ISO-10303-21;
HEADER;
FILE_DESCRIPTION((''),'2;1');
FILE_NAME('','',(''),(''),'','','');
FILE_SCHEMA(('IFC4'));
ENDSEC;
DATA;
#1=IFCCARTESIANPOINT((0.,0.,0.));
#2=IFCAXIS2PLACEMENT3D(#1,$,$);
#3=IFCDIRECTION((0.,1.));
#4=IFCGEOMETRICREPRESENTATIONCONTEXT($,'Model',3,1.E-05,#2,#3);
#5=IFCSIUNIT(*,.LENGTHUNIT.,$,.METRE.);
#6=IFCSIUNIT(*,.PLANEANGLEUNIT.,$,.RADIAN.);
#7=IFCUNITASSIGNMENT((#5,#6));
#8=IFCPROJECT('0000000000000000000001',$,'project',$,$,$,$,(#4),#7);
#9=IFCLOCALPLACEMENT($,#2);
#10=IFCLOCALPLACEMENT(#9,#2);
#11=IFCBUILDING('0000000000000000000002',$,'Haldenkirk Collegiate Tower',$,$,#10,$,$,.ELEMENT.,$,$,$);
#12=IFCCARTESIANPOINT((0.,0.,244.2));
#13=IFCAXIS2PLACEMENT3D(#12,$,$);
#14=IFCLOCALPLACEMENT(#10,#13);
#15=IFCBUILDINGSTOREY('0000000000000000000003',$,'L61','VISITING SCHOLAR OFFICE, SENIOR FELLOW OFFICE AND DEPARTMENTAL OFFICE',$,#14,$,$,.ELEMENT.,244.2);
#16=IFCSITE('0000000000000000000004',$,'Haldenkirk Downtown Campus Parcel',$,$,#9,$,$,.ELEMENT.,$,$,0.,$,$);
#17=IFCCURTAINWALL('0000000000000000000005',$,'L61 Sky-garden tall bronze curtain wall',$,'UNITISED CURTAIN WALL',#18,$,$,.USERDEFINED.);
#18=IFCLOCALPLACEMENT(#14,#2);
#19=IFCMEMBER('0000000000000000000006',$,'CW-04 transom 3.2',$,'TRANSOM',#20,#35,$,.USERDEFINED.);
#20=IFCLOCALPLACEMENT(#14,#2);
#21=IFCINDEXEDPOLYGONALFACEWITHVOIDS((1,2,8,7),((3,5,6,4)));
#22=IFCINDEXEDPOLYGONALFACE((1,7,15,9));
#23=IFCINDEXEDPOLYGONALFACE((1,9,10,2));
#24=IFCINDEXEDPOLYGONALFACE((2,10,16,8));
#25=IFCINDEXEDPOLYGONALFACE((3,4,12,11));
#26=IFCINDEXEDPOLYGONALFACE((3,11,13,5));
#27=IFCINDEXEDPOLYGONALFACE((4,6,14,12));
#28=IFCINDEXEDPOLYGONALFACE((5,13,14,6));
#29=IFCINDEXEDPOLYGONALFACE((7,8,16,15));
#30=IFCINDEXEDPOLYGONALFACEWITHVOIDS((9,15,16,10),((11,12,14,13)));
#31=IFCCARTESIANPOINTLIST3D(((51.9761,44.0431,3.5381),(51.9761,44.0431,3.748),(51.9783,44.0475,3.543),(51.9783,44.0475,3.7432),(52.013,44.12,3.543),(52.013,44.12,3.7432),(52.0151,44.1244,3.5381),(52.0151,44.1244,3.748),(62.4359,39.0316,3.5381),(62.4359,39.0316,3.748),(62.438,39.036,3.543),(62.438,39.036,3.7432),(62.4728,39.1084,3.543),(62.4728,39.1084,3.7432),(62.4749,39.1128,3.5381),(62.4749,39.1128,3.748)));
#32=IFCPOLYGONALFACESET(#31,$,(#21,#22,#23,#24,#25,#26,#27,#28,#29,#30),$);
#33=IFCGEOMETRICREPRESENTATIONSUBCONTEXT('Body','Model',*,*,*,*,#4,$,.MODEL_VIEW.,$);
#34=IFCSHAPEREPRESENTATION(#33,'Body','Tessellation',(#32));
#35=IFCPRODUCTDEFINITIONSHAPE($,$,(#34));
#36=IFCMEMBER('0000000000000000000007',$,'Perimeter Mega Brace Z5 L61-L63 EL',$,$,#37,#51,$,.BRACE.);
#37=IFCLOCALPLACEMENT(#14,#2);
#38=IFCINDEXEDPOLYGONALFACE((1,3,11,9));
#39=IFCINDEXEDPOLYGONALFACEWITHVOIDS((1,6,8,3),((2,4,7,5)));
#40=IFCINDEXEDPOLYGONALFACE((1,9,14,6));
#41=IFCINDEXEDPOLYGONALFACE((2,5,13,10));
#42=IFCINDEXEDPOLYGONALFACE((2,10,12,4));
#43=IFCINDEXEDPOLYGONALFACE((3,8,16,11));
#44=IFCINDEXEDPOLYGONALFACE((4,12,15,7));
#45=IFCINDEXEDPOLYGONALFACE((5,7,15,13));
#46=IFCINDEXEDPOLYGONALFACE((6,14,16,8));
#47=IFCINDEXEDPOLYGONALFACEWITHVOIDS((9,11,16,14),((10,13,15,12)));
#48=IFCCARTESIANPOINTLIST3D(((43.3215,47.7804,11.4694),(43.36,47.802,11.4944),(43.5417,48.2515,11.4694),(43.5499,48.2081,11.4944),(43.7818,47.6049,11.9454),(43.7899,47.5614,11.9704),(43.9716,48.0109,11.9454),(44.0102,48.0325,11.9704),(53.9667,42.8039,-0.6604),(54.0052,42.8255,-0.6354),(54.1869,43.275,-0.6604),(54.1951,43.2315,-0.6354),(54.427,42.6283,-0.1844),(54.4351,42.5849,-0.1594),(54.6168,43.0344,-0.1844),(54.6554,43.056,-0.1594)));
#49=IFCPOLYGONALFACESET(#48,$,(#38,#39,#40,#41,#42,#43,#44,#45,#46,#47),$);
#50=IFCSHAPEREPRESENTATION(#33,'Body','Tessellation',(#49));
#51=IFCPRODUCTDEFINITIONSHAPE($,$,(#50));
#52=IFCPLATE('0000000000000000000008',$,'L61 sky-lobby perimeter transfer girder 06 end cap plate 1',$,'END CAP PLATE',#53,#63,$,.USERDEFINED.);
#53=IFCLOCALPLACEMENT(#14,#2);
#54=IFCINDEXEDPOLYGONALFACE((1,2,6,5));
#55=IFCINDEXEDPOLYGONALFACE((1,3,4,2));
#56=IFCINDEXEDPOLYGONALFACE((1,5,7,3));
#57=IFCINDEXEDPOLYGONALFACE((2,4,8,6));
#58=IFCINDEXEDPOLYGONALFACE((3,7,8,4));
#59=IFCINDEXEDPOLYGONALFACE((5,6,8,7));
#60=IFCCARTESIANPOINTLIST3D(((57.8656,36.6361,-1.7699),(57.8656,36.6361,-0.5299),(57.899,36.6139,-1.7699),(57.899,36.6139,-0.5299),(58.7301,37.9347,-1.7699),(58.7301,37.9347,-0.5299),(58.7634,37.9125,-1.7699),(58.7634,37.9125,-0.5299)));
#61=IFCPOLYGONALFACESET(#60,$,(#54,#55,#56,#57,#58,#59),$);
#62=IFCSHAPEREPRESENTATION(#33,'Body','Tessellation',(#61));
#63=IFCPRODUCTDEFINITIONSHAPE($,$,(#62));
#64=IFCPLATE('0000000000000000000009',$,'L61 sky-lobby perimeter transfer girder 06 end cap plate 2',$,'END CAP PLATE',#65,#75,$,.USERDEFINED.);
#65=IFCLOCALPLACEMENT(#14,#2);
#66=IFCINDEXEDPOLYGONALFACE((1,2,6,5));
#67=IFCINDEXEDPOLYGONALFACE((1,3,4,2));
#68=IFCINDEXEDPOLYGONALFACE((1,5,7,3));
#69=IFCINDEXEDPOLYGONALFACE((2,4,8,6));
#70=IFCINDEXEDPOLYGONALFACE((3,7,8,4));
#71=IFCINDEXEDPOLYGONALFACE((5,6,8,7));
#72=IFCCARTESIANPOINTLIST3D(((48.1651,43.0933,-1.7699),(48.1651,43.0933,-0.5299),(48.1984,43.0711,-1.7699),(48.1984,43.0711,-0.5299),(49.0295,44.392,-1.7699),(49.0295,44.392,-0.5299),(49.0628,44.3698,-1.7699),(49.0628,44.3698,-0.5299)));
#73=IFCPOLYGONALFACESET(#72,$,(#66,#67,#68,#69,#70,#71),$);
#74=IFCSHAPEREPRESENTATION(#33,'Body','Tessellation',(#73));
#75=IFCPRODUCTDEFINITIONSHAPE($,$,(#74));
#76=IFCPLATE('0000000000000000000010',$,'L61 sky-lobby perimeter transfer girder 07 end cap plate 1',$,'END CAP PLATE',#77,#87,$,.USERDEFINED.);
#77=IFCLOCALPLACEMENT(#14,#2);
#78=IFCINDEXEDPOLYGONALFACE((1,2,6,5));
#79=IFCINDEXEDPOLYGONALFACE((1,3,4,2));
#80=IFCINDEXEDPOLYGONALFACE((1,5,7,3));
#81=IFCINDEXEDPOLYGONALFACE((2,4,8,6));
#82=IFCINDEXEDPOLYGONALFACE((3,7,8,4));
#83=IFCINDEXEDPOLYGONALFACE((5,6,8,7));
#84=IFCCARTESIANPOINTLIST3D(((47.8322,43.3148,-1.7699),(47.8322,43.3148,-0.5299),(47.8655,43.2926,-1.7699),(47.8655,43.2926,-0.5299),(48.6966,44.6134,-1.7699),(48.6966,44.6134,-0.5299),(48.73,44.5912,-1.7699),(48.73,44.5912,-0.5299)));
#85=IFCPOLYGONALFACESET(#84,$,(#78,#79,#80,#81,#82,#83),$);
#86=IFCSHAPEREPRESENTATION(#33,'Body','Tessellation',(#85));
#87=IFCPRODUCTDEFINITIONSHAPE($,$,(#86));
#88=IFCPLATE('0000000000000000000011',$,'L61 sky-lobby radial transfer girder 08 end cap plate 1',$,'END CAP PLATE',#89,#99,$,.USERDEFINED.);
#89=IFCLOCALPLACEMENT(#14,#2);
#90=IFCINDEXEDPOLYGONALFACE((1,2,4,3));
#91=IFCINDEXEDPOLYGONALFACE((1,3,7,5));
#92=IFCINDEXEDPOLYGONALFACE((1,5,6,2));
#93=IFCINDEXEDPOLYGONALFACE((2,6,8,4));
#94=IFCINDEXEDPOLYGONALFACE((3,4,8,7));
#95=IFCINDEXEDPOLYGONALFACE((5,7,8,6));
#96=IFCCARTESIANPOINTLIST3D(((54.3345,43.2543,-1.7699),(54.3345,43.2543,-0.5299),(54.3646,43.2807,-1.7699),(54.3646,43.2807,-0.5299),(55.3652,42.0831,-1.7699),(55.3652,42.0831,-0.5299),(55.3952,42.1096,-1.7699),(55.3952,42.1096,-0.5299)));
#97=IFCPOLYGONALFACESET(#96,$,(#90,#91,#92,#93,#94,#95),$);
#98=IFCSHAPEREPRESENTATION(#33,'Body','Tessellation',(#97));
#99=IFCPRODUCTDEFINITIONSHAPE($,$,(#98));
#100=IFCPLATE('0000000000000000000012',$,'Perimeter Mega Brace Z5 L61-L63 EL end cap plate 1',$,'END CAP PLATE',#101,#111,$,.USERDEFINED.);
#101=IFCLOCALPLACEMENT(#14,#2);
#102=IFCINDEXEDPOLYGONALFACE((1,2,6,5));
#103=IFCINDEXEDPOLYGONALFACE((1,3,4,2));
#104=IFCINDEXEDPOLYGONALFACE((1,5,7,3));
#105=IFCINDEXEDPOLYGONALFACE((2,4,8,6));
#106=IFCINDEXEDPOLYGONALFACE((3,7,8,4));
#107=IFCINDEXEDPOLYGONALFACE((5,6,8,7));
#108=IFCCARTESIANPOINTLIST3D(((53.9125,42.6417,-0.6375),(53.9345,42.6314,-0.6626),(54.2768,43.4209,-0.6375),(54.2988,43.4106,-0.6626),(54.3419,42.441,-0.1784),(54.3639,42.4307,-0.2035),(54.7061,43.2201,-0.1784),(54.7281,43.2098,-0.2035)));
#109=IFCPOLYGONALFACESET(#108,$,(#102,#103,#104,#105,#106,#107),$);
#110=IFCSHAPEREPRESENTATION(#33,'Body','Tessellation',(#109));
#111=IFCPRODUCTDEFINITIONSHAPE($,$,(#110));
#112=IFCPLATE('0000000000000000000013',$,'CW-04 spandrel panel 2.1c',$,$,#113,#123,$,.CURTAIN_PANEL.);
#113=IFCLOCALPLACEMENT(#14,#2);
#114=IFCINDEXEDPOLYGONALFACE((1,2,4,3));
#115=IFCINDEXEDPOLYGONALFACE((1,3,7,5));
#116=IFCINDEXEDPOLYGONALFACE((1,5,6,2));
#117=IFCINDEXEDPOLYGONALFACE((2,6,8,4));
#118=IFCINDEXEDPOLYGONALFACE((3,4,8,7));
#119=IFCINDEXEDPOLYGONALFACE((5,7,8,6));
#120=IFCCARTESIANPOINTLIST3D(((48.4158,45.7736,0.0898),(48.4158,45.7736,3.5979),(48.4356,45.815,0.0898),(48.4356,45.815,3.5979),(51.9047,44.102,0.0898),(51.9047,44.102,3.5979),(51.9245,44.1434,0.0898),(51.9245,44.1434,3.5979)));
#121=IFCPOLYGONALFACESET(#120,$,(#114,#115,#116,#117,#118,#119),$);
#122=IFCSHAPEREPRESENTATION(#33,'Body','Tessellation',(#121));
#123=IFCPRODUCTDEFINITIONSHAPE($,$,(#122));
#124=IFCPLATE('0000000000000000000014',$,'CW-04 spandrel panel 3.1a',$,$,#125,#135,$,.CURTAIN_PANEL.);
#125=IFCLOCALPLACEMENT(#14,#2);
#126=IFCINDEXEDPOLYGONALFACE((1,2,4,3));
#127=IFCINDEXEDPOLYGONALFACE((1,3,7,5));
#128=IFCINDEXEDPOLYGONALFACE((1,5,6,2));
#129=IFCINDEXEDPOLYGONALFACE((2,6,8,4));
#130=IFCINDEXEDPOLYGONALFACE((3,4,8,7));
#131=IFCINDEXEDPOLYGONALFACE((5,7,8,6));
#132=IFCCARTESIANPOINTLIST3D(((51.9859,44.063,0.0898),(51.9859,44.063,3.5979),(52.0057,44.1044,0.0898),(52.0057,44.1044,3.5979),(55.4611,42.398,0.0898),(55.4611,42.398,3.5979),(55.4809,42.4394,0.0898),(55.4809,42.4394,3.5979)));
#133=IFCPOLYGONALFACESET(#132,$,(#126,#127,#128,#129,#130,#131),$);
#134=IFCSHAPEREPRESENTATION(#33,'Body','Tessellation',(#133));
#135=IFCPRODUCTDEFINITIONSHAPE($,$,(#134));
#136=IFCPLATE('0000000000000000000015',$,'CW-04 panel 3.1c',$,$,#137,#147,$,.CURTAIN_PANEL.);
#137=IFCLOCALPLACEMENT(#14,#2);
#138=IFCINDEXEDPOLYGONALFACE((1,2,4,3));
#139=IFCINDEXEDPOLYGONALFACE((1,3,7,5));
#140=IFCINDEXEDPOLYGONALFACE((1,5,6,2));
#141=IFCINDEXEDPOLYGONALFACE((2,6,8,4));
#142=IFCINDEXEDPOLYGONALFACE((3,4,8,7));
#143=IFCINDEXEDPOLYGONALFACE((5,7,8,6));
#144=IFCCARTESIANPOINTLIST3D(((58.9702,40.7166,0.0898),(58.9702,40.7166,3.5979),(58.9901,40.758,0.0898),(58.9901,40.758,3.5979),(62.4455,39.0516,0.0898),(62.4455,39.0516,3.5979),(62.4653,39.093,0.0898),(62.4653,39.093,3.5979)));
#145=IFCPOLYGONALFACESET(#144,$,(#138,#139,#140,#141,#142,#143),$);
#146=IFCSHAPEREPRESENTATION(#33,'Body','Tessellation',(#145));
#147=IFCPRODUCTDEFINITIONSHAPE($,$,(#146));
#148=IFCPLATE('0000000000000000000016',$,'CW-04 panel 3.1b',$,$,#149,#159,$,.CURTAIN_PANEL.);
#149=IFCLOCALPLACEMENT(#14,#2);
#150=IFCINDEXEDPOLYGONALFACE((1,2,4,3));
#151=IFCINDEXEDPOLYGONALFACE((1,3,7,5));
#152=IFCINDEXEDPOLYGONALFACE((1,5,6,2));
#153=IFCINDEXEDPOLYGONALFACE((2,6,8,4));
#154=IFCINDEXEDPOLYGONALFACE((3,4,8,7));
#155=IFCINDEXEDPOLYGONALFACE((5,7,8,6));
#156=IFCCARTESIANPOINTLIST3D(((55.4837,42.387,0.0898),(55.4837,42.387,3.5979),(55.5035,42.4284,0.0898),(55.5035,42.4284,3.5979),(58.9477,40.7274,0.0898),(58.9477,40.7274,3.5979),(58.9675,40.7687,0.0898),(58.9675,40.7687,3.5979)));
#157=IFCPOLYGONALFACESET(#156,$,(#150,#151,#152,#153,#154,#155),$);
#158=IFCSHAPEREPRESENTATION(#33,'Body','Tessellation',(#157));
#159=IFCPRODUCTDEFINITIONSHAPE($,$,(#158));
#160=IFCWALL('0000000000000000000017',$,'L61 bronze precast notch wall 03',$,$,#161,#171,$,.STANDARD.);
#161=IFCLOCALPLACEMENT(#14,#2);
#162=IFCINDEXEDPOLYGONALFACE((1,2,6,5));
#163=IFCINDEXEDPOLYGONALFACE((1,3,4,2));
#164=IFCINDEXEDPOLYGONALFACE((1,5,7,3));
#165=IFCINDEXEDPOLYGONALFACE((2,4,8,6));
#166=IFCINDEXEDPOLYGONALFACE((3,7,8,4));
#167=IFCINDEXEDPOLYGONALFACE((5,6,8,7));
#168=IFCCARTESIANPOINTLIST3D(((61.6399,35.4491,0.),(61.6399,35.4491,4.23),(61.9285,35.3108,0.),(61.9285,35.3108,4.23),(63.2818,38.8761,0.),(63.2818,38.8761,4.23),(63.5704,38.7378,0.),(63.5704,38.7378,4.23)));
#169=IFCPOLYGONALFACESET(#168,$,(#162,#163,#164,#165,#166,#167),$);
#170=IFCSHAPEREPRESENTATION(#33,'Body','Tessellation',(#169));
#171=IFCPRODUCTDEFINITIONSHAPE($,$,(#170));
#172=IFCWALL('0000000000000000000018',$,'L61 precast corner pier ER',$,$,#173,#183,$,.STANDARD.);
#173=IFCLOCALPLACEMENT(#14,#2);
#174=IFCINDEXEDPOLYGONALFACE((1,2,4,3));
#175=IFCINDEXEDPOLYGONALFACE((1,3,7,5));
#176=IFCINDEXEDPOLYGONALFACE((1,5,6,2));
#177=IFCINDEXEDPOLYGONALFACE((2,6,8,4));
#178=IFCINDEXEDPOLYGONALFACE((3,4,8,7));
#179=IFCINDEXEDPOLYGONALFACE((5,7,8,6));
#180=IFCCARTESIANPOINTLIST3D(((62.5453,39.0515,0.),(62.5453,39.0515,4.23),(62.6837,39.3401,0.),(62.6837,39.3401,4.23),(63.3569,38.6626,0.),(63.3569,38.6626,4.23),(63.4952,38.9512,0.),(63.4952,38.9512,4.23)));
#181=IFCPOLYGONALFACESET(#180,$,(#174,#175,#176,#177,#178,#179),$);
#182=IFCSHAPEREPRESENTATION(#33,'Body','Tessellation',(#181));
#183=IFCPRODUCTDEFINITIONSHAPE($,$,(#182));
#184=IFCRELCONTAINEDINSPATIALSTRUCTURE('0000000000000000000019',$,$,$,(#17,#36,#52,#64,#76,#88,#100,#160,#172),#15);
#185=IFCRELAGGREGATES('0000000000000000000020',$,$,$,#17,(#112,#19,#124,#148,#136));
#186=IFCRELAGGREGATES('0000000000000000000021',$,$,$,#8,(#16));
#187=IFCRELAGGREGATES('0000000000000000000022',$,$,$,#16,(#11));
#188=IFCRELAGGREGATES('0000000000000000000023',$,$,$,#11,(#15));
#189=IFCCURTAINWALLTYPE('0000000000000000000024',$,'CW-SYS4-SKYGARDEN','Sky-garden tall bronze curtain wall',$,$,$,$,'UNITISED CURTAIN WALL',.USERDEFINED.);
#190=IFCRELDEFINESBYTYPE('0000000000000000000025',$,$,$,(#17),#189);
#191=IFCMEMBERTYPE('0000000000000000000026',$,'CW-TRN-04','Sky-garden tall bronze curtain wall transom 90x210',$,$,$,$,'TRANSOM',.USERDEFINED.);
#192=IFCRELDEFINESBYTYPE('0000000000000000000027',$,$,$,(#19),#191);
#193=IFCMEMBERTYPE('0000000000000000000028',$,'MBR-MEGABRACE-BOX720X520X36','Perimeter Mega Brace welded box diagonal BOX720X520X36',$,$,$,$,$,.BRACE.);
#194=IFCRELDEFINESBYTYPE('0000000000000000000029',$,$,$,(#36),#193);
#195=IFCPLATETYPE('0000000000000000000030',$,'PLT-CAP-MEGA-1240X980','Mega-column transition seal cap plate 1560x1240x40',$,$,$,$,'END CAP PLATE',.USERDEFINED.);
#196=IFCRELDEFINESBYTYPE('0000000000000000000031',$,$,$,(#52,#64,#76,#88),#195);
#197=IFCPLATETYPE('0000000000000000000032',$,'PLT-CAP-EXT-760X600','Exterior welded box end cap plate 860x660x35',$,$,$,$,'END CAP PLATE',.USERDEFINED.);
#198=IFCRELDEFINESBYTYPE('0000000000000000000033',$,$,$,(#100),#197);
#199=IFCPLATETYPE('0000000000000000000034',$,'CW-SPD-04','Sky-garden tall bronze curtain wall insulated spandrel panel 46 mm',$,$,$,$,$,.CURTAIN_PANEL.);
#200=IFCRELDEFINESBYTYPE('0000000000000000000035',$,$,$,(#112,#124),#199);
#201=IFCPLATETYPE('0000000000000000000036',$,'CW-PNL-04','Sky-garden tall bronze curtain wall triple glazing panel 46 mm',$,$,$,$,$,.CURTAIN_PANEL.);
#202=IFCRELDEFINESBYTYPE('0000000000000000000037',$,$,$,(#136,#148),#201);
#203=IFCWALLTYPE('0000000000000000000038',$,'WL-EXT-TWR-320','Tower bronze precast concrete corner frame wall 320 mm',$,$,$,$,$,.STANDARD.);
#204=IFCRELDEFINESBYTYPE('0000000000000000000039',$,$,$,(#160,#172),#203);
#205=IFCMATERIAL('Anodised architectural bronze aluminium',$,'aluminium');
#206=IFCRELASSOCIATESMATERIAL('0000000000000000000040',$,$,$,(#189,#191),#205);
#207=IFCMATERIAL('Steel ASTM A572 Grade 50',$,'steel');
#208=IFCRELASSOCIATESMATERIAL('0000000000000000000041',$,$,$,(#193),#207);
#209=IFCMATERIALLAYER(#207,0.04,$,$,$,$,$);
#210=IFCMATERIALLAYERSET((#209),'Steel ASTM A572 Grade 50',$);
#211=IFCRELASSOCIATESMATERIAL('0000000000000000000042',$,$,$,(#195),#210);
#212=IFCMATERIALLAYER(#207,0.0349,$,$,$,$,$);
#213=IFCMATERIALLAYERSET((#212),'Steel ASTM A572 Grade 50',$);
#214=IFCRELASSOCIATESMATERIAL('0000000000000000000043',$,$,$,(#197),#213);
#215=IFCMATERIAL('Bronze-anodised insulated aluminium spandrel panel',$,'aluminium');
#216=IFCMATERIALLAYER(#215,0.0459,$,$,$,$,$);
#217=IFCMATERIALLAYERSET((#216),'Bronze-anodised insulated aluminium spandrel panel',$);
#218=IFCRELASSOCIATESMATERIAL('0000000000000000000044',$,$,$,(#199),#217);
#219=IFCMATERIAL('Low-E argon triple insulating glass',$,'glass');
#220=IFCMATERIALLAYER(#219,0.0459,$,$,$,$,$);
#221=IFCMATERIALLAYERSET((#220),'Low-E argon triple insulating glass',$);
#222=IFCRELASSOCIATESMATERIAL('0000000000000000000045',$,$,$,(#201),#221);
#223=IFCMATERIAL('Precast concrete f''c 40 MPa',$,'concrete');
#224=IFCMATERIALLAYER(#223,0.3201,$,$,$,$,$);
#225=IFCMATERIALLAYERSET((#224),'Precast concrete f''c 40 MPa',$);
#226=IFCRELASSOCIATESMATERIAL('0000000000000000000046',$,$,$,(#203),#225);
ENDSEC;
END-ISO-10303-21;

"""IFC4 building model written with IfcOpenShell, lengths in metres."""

from ifc_helpers import new_model, si_unit, direction, frame, frame_2d, origin, origin_2d, place, context, subcontext, project, spatial, rectangle, hollow_rectangle, extrude, source, transform, mapped, material, layer, layer_set, material_profile, profile_set, type_object, element, aggregate, save


model = new_model("IFC4")

# Units and contexts
model_context = context("Model", 3, precision=1e-05, world=origin(), true_north=direction((0.0, 1.0)))
body_context = subcontext(model_context, "Body", "Model", "MODEL_VIEW")
ifc_project = project(units=[si_unit("LENGTHUNIT", "METRE"), si_unit("PLANEANGLEUNIT", "RADIAN")], contexts=[model_context])

# Site, building, storey
site_placement = place(None, origin())
site = spatial("IfcSite", under=ifc_project, at=site_placement, Name="Haldenkirk Downtown Campus Parcel", CompositionType="ELEMENT", RefElevation=0.0)
building_placement = place(site_placement, origin())
building = spatial("IfcBuilding", under=site, at=building_placement, Name="Haldenkirk Collegiate Tower", CompositionType="ELEMENT")
storey_placement = place(building_placement, frame((0.0, 0.0, 244.2)))
storey = spatial("IfcBuildingStorey", under=building, at=storey_placement, Name="L61", Description="VISITING SCHOLAR OFFICE, SENIOR FELLOW OFFICE AND DEPARTMENTAL OFFICE", CompositionType="ELEMENT", Elevation=244.2)

# Shared definitions
ifc_material_1 = material(Name="Steel ASTM A572 Grade 50", Category="steel")

# Curtain wall, member
ifc_material_2 = material(Name="Anodised architectural bronze aluminium", Category="aluminium")
curtain_wall_type = type_object("IfcCurtainWallType", Name="CW-SYS4-SKYGARDEN", Description="Sky-garden tall bronze curtain wall", ElementType="UNITISED CURTAIN WALL", PredefinedType="USERDEFINED", material=ifc_material_2)
curtain_wall_placement = place(storey_placement, origin())
curtain_wall = element("IfcCurtainWall", 1, at=curtain_wall_placement, inside=storey, type_object=curtain_wall_type, Name="L61 Sky-garden tall bronze curtain wall", ObjectType="UNITISED CURTAIN WALL", PredefinedType="USERDEFINED")
ifc_material_profile_1 = material_profile(ifc_material_2, hollow_rectangle(XDim=0.0901, YDim=0.21, WallThickness=0.0049, at=origin_2d()), Name="CW-TRN-04")
ifc_profile_set_1 = profile_set([ifc_material_profile_1], Name="Anodised architectural bronze aluminium")
member_type_1 = type_object("IfcMemberType", Name="CW-TRN-04", Description="Sky-garden tall bronze curtain wall transom 90x210", ElementType="TRANSOM", PredefinedType="USERDEFINED", material=ifc_profile_set_1)
member_1_placement = place(storey_placement, frame((51.9956, 44.0837, 3.6431), z_axis=(0.901832, -0.432087, 0.0), x_axis=(0.432087, 0.901832, 0.0)))
member_1 = element("IfcMember", 2, at=member_1_placement, type_object=member_type_1, Name="CW-04 transom 3.2", ObjectType="TRANSOM", PredefinedType="USERDEFINED", context=body_context, shape_type="SweptSolid", body=[
    extrude(hollow_rectangle(XDim=0.0901, YDim=0.21, WallThickness=0.0049, at=origin_2d()), origin(), (0.0, 0.0, 1.0), 11.5984),
])

# Member
ifc_material_profile_2 = material_profile(ifc_material_1, hollow_rectangle(XDim=0.52, YDim=0.72, WallThickness=0.0359, at=origin_2d()), Name="BOX720X520X36")
ifc_profile_set_2 = profile_set([ifc_material_profile_2], Name="Steel ASTM A572 Grade 50")
member_type_2 = type_object("IfcMemberType", Name="MBR-MEGABRACE-BOX720X520X36", Description="Perimeter Mega Brace welded box diagonal BOX720X520X36", PredefinedType="BRACE", material=ifc_profile_set_2)
member_2_placement = place(storey_placement, frame((54.311, 42.9299, -0.4099), z_axis=(-0.630326, 0.294671, 0.718233), x_axis=(-0.423498, -0.905897, 0.0)))
element("IfcMember", 3, at=member_2_placement, inside=storey, type_object=member_type_2, Name="Perimeter Mega Brace Z5 L61-L63 EL", PredefinedType="BRACE", context=body_context, shape_type="SweptSolid", body=[
    extrude(hollow_rectangle(XDim=0.52, YDim=0.72, WallThickness=0.0359, at=origin_2d()), origin(), (0.0, 0.0, 1.0), 16.8884),
])

# Plates
ifc_layer_1 = layer(ifc_material_1, 0.04)
ifc_layer_set_1 = layer_set([ifc_layer_1], Name="Steel ASTM A572 Grade 50")
plate_type_1 = type_object("IfcPlateType", Name="PLT-CAP-MEGA-1240X980", Description="Mega-column transition seal cap plate 1560x1240x40", ElementType="END CAP PLATE", PredefinedType="USERDEFINED", material=ifc_layer_set_1)
shared_shape_1 = source(origin(), body_context, "Body", "SweptSolid", [
    extrude(rectangle(XDim=1.5601, YDim=1.24, at=origin_2d()), origin(), (0.0, 0.0, 1.0), 0.04),
])
for number, where, z_axis, x_axis, name in (
    (4, (58.2979, 37.2854, -1.1499), (0.832437, -0.55412, 0.0), (0.55412, 0.832437, 0.0), "L61 sky-lobby perimeter transfer girder 06 end cap plate 1"),
    (5, (48.6306, 43.7205, -1.1499), (-0.832437, 0.55412, 0.0), (-0.55412, -0.832437, 0.0), "L61 sky-lobby perimeter transfer girder 06 end cap plate 2"),
    (6, (48.2644, 43.9641, -1.1499), (0.832436, -0.554121, 0.0), (0.554121, 0.832436, 0.0), "L61 sky-lobby perimeter transfer girder 07 end cap plate 1"),
    (7, (54.8499, 42.6687, -1.1499), (0.750685, 0.66066, 0.0), (-0.66066, 0.750685, 0.0), "L61 sky-lobby radial transfer girder 08 end cap plate 1"),
):
    element("IfcPlate", number, at=place(storey_placement, frame(where, z_axis=z_axis, x_axis=x_axis)), inside=storey, type_object=plate_type_1, Name=name, ObjectType="END CAP PLATE", PredefinedType="USERDEFINED", context=body_context, shape_type="MappedRepresentation", body=[
        mapped(shared_shape_1, transform((0.0, 0.0, 0.0), x_axis=(1.0, 0.0, 0.0), y_axis=(0.0, 1.0, 0.0), z_axis=(0.0, 0.0, 1.0), scale=1.0)),
    ])
ifc_layer_2 = layer(ifc_material_1, 0.0349)
ifc_layer_set_2 = layer_set([ifc_layer_2], Name="Steel ASTM A572 Grade 50")
plate_type_2 = type_object("IfcPlateType", Name="PLT-CAP-EXT-760X600", Description="Exterior welded box end cap plate 860x660x35", ElementType="END CAP PLATE", PredefinedType="USERDEFINED", material=ifc_layer_set_2)
shared_shape_2 = source(origin(), body_context, "Body", "SweptSolid", [
    extrude(rectangle(XDim=0.8601, YDim=0.6599, at=origin_2d()), origin(), (0.0, 0.0, 1.0), 0.0349),
])
plate_1_placement = place(storey_placement, frame((54.3093, 42.9309, -0.408), z_axis=(0.630325, -0.294666, -0.718236), x_axis=(0.423493, 0.905899, 0.0)))
element("IfcPlate", 8, at=plate_1_placement, inside=storey, type_object=plate_type_2, Name="Perimeter Mega Brace Z5 L61-L63 EL end cap plate 1", ObjectType="END CAP PLATE", PredefinedType="USERDEFINED", context=body_context, shape_type="MappedRepresentation", body=[
    mapped(shared_shape_2, transform((0.0, 0.0, 0.0), x_axis=(1.0, 0.0, 0.0), y_axis=(0.0, 1.0, 0.0), z_axis=(0.0, 0.0, 1.0), scale=1.0)),
])

# Plates
ifc_material_3 = material(Name="Bronze-anodised insulated aluminium spandrel panel", Category="aluminium")
ifc_layer_3 = layer(ifc_material_3, 0.0459)
ifc_layer_set_3 = layer_set([ifc_layer_3], Name="Bronze-anodised insulated aluminium spandrel panel")
plate_type_3 = type_object("IfcPlateType", Name="CW-SPD-04", Description="Sky-garden tall bronze curtain wall insulated spandrel panel 46 mm", PredefinedType="CURTAIN_PANEL", material=ifc_layer_set_3)
shared_shape_3 = source(origin(), body_context, "Body", "SweptSolid", [
    extrude(rectangle(XDim=3.8687, YDim=0.0459, at=origin_2d()), origin(), (0.0, 0.0, 1.0), 3.5081),
])
plate_2_placement = place(storey_placement, frame((50.1702, 44.9585, 0.0898), z_axis=(0.0, 0.0, 1.0), x_axis=(0.901833, -0.432084, 0.0)))
plate_2 = element("IfcPlate", 9, at=plate_2_placement, type_object=plate_type_3, Name="CW-04 spandrel panel 2.1c", PredefinedType="CURTAIN_PANEL", context=body_context, shape_type="MappedRepresentation", body=[
    mapped(shared_shape_3, transform((0.0, 0.0, 0.0), x_axis=(1.0, 0.0, 0.0), y_axis=(0.0, 1.0, 0.0), z_axis=(0.0, 0.0, 1.0), scale=1.0)),
])
shared_shape_4 = source(origin(), body_context, "Body", "SweptSolid", [
    extrude(rectangle(XDim=3.8535, YDim=0.0459, at=origin_2d()), origin(), (0.0, 0.0, 1.0), 3.5081),
])
plate_3_placement = place(storey_placement, frame((53.7334, 43.2512, 0.0898), z_axis=(0.0, 0.0, 1.0), x_axis=(0.901833, -0.432084, 0.0)))
plate_3 = element("IfcPlate", 10, at=plate_3_placement, type_object=plate_type_3, Name="CW-04 spandrel panel 3.1a", PredefinedType="CURTAIN_PANEL", context=body_context, shape_type="MappedRepresentation", body=[
    mapped(shared_shape_4, transform((0.0, 0.0, 0.0), x_axis=(1.0, 0.0, 0.0), y_axis=(0.0, 1.0, 0.0), z_axis=(0.0, 0.0, 1.0), scale=1.0)),
])
ifc_material_4 = material(Name="Low-E argon triple insulating glass", Category="glass")
ifc_layer_4 = layer(ifc_material_4, 0.0459)
ifc_layer_set_4 = layer_set([ifc_layer_4], Name="Low-E argon triple insulating glass")
plate_type_4 = type_object("IfcPlateType", Name="CW-PNL-04", Description="Sky-garden tall bronze curtain wall triple glazing panel 46 mm", PredefinedType="CURTAIN_PANEL", material=ifc_layer_set_4)
plate_4_placement = place(storey_placement, frame((60.7178, 39.9048, 0.0898), z_axis=(0.0, 0.0, 1.0), x_axis=(0.901833, -0.432084, 0.0)))
plate_4 = element("IfcPlate", 11, at=plate_4_placement, type_object=plate_type_4, Name="CW-04 panel 3.1c", PredefinedType="CURTAIN_PANEL", context=body_context, shape_type="MappedRepresentation", body=[
    mapped(shared_shape_4, transform((0.0, 0.0, 0.0), x_axis=(1.0, 0.0, 0.0), y_axis=(0.0, 1.0, 0.0), z_axis=(0.0, 0.0, 1.0), scale=1.0)),
])
shared_shape_5 = source(origin(), body_context, "Body", "SweptSolid", [
    extrude(rectangle(XDim=3.8411, YDim=0.0459, at=origin_2d()), origin(), (0.0, 0.0, 1.0), 3.5081),
])
plate_5_placement = place(storey_placement, frame((57.2256, 41.5779, 0.0898), z_axis=(0.0, 0.0, 1.0), x_axis=(0.901833, -0.432084, 0.0)))
plate_5 = element("IfcPlate", 12, at=plate_5_placement, type_object=plate_type_4, Name="CW-04 panel 3.1b", PredefinedType="CURTAIN_PANEL", context=body_context, shape_type="MappedRepresentation", body=[
    mapped(shared_shape_5, transform((0.0, 0.0, 0.0), x_axis=(1.0, 0.0, 0.0), y_axis=(0.0, 1.0, 0.0), z_axis=(0.0, 0.0, 1.0), scale=1.0)),
])
aggregate(curtain_wall, [plate_2, member_1, plate_3, plate_5, plate_4])

# Walls
ifc_material_5 = material(Name="Precast concrete f'c 40 MPa", Category="concrete")
ifc_layer_5 = layer(ifc_material_5, 0.3201)
ifc_layer_set_5 = layer_set([ifc_layer_5], Name="Precast concrete f'c 40 MPa")
wall_type = type_object("IfcWallType", Name="WL-EXT-TWR-320", Description="Tower bronze precast concrete corner frame wall 320 mm", PredefinedType="STANDARD", material=ifc_layer_set_5)
wall_1_placement = place(storey_placement, frame((63.426, 38.8069, 0.0), z_axis=(0.0, 0.0, 1.0), x_axis=(-0.432065, -0.901843, 0.0)))
element("IfcWall", 13, at=wall_1_placement, inside=storey, type_object=wall_type, Name="L61 bronze precast notch wall 03", PredefinedType="STANDARD", context=body_context, shape_type="SweptSolid", body=[
    extrude(rectangle(XDim=3.8, YDim=0.3201, at=frame_2d((1.8999, 0.0))), origin(), (0.0, 0.0, 1.0), 4.23),
])
wall_2_placement = place(storey_placement, frame((62.6145, 39.1958, 0.0), z_axis=(0.0, 0.0, 1.0), x_axis=(0.90179, -0.432175, 0.0)))
element("IfcWall", 14, at=wall_2_placement, inside=storey, type_object=wall_type, Name="L61 precast corner pier ER", PredefinedType="STANDARD", context=body_context, shape_type="SweptSolid", body=[
    extrude(rectangle(XDim=0.8999, YDim=0.3201, at=frame_2d((0.45, 0.0))), origin(), (0.0, 0.0, 1.0), 4.23),
])

save(model, "model.ifc")
